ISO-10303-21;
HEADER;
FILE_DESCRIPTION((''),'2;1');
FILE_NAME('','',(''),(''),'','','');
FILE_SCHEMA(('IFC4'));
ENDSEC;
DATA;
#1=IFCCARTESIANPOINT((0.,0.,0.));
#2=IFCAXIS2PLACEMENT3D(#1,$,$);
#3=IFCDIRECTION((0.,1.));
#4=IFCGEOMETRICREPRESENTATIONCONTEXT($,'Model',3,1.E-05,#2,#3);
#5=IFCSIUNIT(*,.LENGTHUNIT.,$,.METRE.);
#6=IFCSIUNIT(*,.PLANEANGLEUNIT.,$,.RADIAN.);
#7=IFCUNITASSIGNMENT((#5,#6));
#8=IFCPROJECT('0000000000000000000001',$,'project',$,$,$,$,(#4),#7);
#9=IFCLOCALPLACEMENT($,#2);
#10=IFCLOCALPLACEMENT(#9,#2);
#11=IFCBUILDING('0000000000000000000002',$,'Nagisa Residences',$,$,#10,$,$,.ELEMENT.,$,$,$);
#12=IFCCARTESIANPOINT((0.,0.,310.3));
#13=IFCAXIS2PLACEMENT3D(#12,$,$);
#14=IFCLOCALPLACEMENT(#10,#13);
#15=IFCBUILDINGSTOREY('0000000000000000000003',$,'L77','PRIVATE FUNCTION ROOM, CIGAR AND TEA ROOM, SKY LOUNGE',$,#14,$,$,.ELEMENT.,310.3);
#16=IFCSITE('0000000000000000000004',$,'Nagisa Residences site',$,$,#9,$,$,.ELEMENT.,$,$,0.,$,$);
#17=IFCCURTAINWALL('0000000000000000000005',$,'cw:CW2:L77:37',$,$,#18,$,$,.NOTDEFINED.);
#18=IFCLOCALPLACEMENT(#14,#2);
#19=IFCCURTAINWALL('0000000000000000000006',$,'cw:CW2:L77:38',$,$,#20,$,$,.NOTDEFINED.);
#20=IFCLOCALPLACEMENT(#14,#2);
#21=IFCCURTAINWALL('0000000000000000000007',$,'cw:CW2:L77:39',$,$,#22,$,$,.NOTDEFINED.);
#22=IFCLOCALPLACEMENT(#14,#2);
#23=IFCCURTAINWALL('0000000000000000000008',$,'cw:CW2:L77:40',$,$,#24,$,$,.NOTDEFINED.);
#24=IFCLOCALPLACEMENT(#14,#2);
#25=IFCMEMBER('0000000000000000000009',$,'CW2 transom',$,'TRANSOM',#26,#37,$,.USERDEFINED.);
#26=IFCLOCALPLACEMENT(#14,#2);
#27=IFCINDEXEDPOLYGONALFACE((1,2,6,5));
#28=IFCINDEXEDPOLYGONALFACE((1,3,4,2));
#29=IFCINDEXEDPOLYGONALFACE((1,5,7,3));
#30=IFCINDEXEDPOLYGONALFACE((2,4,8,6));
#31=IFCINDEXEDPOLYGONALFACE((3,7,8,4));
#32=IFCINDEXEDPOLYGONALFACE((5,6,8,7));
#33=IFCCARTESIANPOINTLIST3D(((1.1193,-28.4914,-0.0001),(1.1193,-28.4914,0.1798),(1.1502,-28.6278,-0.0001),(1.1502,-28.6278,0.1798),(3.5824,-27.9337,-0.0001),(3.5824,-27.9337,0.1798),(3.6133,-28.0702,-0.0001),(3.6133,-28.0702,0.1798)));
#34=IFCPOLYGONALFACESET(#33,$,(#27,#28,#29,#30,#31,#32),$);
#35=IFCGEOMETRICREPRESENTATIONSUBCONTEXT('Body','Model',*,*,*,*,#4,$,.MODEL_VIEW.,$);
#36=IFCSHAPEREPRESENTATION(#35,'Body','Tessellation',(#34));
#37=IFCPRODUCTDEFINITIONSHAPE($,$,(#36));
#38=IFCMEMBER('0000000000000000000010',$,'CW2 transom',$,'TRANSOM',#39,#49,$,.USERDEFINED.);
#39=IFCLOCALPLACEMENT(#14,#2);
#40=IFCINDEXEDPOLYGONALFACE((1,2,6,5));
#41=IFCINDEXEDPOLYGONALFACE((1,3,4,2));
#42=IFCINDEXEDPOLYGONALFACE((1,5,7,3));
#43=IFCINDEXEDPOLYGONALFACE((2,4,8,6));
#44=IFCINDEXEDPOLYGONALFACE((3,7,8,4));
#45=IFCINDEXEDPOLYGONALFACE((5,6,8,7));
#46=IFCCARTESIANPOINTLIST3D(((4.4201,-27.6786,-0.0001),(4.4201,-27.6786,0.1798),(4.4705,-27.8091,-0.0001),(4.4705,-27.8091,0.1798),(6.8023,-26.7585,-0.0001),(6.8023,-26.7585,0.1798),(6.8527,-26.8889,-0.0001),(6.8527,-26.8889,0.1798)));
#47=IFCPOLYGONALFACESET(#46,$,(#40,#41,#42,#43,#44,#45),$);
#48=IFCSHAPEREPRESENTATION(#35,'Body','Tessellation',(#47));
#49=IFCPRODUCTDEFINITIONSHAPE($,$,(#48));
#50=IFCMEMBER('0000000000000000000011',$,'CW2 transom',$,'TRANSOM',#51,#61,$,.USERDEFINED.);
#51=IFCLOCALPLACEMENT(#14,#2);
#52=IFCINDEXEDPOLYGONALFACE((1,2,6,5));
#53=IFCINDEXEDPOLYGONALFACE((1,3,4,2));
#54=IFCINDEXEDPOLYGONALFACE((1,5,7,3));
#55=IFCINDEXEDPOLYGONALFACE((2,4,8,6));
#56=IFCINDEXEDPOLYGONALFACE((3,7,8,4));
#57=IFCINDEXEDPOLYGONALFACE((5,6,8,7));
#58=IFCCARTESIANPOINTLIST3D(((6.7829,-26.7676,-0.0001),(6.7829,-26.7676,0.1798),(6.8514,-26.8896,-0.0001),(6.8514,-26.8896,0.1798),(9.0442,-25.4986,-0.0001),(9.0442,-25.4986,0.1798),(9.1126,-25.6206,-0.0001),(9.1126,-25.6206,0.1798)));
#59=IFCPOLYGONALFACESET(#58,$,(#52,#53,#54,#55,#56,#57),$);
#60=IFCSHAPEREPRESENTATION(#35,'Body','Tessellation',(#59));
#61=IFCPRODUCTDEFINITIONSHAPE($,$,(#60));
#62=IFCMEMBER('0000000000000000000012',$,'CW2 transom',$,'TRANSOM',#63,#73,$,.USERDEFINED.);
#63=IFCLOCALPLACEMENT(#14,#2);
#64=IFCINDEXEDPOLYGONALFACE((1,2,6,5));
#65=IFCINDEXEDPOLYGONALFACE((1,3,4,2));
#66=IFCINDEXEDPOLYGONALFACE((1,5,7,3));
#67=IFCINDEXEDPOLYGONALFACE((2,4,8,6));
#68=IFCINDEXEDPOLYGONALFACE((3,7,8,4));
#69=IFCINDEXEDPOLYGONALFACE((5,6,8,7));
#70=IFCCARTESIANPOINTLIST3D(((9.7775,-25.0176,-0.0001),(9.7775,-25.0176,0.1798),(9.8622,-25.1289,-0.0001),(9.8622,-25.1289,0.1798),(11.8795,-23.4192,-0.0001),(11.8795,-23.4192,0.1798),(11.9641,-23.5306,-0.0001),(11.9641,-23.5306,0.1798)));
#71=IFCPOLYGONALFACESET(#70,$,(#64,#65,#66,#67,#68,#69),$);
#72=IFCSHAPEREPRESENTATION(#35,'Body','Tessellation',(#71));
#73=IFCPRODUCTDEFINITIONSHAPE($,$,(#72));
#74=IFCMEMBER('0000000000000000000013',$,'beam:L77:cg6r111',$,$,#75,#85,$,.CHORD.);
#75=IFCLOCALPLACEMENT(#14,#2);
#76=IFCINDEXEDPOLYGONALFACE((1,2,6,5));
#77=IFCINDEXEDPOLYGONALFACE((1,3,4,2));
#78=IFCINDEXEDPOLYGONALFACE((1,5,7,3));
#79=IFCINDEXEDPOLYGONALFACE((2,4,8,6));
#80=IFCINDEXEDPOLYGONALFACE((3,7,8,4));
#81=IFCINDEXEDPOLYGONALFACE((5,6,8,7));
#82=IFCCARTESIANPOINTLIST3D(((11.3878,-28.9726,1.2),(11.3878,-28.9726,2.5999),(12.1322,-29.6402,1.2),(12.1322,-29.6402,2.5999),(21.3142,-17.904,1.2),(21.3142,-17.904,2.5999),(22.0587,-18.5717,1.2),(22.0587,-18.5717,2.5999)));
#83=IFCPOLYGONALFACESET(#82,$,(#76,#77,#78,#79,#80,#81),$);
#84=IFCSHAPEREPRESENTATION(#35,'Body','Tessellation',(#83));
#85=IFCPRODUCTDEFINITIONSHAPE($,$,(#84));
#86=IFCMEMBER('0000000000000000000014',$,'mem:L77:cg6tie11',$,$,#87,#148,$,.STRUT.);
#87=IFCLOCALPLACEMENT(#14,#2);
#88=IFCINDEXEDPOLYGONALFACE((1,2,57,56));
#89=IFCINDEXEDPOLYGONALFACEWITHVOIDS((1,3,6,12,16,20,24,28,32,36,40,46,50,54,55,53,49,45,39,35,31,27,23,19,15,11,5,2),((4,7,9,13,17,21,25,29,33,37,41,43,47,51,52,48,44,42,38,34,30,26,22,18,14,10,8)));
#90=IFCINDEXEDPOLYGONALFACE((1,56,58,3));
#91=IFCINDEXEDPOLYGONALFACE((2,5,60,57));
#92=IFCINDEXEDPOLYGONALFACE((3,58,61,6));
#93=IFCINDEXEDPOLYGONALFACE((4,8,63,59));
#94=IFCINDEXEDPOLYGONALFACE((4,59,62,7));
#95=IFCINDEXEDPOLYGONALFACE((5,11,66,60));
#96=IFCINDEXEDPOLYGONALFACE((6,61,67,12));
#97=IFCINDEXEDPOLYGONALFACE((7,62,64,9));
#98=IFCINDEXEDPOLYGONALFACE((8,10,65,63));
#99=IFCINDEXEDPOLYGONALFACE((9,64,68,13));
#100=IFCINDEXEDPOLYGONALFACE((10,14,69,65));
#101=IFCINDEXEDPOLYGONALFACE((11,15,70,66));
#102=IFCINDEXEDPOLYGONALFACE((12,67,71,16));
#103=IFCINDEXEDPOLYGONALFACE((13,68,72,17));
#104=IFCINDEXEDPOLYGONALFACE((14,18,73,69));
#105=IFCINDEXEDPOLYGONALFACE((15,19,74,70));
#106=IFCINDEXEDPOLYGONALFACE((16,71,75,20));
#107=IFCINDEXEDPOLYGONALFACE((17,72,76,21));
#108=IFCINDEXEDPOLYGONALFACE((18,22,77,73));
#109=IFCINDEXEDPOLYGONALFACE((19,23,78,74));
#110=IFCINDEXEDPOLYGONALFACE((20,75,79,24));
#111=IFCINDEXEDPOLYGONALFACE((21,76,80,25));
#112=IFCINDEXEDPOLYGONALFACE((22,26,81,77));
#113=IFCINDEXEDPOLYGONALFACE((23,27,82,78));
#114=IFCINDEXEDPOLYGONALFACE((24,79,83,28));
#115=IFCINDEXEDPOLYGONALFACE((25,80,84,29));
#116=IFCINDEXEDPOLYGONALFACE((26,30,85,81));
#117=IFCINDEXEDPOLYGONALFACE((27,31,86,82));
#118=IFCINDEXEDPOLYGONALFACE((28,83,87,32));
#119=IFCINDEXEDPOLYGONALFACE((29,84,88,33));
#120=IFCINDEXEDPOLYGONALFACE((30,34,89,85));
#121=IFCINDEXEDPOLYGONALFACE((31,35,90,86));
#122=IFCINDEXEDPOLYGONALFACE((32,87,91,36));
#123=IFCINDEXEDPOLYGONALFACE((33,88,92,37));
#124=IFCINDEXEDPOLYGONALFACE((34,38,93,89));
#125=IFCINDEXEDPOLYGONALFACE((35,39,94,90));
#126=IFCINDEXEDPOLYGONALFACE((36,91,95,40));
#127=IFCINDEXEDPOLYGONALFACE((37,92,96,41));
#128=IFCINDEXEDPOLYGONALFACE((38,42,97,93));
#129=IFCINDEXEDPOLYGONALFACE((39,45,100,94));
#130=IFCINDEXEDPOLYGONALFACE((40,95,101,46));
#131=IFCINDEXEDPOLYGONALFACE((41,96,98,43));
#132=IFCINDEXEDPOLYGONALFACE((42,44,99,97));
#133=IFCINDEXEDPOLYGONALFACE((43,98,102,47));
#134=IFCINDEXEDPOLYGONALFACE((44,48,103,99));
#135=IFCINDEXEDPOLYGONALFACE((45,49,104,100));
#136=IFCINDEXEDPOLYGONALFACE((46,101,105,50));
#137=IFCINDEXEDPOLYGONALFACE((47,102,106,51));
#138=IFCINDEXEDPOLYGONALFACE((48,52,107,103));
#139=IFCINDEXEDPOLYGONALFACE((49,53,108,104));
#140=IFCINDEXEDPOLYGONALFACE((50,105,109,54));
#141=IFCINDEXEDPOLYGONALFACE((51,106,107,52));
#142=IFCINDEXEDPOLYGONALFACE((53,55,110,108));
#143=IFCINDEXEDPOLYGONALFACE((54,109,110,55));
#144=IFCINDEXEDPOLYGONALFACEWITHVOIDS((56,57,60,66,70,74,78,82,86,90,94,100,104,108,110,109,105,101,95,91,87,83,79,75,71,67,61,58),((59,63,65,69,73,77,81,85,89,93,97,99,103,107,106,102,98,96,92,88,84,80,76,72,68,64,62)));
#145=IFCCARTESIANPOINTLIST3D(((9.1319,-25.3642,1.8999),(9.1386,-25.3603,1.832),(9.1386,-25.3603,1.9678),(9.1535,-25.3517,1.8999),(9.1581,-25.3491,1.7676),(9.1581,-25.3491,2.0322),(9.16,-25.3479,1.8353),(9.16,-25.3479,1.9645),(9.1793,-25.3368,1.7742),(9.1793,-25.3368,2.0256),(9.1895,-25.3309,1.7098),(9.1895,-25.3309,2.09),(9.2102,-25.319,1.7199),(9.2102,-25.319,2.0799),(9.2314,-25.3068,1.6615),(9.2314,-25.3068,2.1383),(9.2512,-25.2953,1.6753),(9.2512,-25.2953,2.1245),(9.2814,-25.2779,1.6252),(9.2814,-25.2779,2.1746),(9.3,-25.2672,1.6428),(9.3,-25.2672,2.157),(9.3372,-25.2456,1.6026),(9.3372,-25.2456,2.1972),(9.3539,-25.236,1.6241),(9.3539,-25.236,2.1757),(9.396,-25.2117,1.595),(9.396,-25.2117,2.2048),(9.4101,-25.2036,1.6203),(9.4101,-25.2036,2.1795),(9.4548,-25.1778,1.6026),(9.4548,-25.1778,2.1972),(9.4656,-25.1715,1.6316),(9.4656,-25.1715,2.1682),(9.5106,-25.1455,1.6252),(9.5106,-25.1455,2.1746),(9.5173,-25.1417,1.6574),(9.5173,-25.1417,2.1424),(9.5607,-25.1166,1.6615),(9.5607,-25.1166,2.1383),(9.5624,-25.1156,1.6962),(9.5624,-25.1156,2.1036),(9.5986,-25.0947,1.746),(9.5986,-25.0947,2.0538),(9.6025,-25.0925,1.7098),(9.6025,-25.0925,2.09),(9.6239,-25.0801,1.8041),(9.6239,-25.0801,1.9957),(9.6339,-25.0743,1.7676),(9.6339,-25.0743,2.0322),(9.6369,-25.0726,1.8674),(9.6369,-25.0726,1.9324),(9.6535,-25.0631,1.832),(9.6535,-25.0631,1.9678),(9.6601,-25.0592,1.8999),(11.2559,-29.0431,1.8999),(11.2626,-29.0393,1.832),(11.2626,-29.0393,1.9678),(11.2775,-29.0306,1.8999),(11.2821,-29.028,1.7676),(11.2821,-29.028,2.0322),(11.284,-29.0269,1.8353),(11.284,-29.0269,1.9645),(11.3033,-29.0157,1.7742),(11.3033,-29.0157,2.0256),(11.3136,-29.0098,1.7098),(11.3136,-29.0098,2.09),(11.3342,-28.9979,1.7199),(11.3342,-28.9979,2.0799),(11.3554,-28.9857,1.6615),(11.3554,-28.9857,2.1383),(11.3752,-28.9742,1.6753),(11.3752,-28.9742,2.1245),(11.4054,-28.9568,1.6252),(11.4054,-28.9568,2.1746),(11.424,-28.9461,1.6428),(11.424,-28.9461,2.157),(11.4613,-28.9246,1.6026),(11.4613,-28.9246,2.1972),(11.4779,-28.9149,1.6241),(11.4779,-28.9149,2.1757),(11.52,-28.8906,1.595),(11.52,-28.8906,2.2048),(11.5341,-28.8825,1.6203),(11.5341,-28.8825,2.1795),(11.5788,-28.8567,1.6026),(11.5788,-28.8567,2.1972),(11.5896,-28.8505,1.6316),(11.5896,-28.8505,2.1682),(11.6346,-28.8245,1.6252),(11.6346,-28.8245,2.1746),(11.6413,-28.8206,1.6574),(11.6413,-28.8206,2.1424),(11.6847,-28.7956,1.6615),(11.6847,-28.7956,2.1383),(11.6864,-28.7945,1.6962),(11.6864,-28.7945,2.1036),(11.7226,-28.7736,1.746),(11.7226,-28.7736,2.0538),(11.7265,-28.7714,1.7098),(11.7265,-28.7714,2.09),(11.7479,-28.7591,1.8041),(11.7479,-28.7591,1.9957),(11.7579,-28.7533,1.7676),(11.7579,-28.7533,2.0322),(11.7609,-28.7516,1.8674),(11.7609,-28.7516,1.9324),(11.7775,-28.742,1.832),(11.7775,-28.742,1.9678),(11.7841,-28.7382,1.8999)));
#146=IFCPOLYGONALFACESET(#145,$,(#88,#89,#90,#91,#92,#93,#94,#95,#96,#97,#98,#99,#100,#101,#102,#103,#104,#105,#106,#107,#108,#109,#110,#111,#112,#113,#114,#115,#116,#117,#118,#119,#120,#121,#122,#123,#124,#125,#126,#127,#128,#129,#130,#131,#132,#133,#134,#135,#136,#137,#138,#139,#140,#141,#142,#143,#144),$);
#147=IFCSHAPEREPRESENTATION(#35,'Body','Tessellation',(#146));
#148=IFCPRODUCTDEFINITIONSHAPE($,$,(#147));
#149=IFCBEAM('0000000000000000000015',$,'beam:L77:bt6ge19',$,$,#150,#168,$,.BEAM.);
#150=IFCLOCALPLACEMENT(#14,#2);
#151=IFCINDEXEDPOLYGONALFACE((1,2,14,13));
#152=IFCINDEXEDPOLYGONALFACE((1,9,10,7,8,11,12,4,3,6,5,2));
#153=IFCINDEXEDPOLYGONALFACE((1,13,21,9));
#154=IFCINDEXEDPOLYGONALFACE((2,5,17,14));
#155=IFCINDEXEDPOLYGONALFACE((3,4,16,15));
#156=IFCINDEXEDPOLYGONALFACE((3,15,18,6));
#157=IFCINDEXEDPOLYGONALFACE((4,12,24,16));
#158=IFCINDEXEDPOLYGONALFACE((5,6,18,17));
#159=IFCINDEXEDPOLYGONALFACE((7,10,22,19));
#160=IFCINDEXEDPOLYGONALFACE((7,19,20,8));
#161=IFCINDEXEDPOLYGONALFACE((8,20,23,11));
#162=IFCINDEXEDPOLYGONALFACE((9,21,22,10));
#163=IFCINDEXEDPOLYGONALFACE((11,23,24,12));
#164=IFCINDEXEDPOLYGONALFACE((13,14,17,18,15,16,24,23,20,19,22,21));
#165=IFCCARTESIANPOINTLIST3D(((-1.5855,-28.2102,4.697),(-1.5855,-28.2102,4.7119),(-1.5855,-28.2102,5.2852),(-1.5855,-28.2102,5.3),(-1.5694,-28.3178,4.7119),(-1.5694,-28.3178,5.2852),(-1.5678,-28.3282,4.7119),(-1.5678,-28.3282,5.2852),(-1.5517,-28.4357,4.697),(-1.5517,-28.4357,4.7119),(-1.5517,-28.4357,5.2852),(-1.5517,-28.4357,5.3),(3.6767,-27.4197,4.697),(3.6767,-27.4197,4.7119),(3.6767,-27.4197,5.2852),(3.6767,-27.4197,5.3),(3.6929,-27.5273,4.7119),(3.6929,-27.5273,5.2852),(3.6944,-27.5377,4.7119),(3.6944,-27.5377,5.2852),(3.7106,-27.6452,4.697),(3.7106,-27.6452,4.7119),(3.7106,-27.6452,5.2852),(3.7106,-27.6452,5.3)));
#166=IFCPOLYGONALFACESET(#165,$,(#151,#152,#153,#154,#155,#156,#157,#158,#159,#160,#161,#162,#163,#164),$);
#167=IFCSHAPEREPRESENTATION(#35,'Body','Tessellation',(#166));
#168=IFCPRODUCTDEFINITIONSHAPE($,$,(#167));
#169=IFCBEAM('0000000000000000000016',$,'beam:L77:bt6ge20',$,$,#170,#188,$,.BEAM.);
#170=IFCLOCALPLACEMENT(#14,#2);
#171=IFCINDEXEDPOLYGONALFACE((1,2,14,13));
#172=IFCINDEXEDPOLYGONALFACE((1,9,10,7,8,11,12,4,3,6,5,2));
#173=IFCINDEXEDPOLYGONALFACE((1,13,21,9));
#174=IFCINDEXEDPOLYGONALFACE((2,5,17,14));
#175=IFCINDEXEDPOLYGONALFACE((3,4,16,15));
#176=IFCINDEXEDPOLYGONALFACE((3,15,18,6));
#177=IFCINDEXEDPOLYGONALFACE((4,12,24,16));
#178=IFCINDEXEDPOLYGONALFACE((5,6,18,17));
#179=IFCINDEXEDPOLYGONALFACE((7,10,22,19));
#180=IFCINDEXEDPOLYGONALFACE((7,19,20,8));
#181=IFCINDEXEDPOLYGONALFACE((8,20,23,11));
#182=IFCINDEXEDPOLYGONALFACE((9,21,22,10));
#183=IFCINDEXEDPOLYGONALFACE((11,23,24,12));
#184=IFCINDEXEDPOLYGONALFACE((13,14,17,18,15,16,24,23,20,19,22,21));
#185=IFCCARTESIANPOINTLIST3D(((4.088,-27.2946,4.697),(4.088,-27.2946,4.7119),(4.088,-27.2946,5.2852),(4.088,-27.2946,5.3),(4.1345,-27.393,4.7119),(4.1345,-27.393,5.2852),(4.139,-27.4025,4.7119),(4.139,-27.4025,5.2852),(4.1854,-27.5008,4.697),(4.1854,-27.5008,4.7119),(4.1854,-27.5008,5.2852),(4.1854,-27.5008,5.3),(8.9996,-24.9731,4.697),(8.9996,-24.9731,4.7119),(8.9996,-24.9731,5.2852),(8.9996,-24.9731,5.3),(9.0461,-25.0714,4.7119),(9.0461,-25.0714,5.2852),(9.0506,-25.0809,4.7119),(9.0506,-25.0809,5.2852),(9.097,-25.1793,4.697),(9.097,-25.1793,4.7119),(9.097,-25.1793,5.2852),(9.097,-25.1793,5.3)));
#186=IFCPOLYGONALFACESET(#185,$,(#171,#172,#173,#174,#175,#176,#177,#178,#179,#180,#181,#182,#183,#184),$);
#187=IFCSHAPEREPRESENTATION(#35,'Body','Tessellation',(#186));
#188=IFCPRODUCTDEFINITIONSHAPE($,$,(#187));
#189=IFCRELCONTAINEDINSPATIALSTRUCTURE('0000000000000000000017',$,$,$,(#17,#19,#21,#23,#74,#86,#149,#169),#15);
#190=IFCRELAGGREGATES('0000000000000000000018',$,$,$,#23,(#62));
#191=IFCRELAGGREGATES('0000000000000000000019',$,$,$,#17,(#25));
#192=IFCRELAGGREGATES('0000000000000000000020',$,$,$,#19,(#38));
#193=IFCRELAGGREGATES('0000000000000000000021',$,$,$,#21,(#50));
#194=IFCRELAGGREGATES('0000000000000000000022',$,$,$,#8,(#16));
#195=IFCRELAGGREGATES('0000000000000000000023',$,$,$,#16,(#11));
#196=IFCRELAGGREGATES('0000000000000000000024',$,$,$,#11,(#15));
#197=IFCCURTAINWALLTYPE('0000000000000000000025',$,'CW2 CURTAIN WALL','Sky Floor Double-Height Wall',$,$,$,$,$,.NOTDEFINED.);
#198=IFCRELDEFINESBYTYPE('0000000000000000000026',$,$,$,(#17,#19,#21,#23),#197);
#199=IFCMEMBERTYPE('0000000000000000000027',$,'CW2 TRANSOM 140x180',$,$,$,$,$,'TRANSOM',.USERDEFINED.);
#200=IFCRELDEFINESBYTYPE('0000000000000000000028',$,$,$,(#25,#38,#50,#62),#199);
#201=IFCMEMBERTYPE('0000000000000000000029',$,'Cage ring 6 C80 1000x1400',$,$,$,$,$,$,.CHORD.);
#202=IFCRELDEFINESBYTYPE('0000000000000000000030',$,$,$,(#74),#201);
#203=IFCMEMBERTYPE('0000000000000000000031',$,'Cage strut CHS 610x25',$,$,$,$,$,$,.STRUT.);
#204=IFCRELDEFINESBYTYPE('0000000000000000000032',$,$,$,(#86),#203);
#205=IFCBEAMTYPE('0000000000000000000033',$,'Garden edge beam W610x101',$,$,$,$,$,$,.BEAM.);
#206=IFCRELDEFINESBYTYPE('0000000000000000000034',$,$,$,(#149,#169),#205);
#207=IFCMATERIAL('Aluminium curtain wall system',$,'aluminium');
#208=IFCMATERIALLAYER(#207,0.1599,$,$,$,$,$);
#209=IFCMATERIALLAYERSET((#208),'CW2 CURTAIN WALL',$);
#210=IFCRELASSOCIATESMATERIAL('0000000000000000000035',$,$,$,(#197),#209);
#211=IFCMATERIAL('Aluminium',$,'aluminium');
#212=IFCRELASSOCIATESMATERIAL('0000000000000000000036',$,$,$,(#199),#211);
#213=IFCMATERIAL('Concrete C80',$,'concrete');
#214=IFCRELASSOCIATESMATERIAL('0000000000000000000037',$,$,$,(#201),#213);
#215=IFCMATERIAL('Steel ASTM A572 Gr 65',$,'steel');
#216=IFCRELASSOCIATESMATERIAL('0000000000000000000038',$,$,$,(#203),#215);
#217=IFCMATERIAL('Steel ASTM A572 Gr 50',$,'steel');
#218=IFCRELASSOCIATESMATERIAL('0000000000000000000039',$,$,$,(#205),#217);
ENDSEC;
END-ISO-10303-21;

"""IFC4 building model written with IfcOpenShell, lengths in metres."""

from ifc_helpers import new_model, si_unit, direction, frame, origin, origin_2d, place, context, subcontext, project, spatial, rectangle, hollow_circle, i_section, extrude, material, layer, layer_set, material_profile, profile_set, type_object, element, aggregate, save


model = new_model("IFC4")

# Units and contexts
model_context = context("Model", 3, precision=1e-05, world=origin(), true_north=direction((0.0, 1.0)))
body_context = subcontext(model_context, "Body", "Model", "MODEL_VIEW")
ifc_project = project(units=[si_unit("LENGTHUNIT", "METRE"), si_unit("PLANEANGLEUNIT", "RADIAN")], contexts=[model_context])

# Site, building, storey
site_placement = place(None, origin())
site = spatial("IfcSite", under=ifc_project, at=site_placement, Name="Nagisa Residences site", CompositionType="ELEMENT", RefElevation=0.0)
building_placement = place(site_placement, origin())
building = spatial("IfcBuilding", under=site, at=building_placement, Name="Nagisa Residences", CompositionType="ELEMENT")
storey_placement = place(building_placement, frame((0.0, 0.0, 310.3)))
storey = spatial("IfcBuildingStorey", under=building, at=storey_placement, Name="L77", Description="PRIVATE FUNCTION ROOM, CIGAR AND TEA ROOM, SKY LOUNGE", CompositionType="ELEMENT", Elevation=310.3)

# Curtain walls
ifc_material_1 = material(Name="Aluminium curtain wall system", Category="aluminium")
ifc_layer_1 = layer(ifc_material_1, 0.1599)
ifc_layer_set_1 = layer_set([ifc_layer_1], Name="CW2 CURTAIN WALL")
curtain_wall_type = type_object("IfcCurtainWallType", Name="CW2 CURTAIN WALL", Description="Sky Floor Double-Height Wall", PredefinedType="NOTDEFINED", material=ifc_layer_set_1)
curtain_wall_1_placement = place(storey_placement, origin())
curtain_wall_1 = element("IfcCurtainWall", 1, at=curtain_wall_1_placement, inside=storey, type_object=curtain_wall_type, Name="cw:CW2:L77:37", PredefinedType="NOTDEFINED")
curtain_wall_2_placement = place(storey_placement, origin())
curtain_wall_2 = element("IfcCurtainWall", 2, at=curtain_wall_2_placement, inside=storey, type_object=curtain_wall_type, Name="cw:CW2:L77:38", PredefinedType="NOTDEFINED")
curtain_wall_3_placement = place(storey_placement, origin())
curtain_wall_3 = element("IfcCurtainWall", 3, at=curtain_wall_3_placement, inside=storey, type_object=curtain_wall_type, Name="cw:CW2:L77:39", PredefinedType="NOTDEFINED")
curtain_wall_4_placement = place(storey_placement, origin())
curtain_wall_4 = element("IfcCurtainWall", 4, at=curtain_wall_4_placement, inside=storey, type_object=curtain_wall_type, Name="cw:CW2:L77:40", PredefinedType="NOTDEFINED")

# Members
ifc_material_2 = material(Name="Aluminium", Category="aluminium")
ifc_material_profile_1 = material_profile(ifc_material_2, rectangle(XDim=0.1399, YDim=0.1799, at=origin_2d()), Name="CW2 TRANSOM 140x180")
ifc_profile_set_1 = profile_set([ifc_material_profile_1], Name="Aluminium")
member_type_1 = type_object("IfcMemberType", Name="CW2 TRANSOM 140x180", ElementType="TRANSOM", PredefinedType="USERDEFINED", material=ifc_profile_set_1)
member_1_placement = place(storey_placement, frame((1.1348, -28.5596, 0.0898), z_axis=(0.97532, 0.220798, 0.0), x_axis=(-0.220798, 0.97532, 0.0)))
member_1 = element("IfcMember", 5, at=member_1_placement, type_object=member_type_1, Name="CW2 transom", ObjectType="TRANSOM", PredefinedType="USERDEFINED", context=body_context, shape_type="SweptSolid", body=[
    extrude(rectangle(XDim=0.1399, YDim=0.1799, at=origin_2d()), origin(), (0.0, 0.0, 1.0), 2.5254),
])
member_2_placement = place(storey_placement, frame((4.4453, -27.7439, 0.0898), z_axis=(0.932822, 0.360337, 0.0), x_axis=(-0.360337, 0.932822, 0.0)))
member_2 = element("IfcMember", 6, at=member_2_placement, type_object=member_type_1, Name="CW2 transom", ObjectType="TRANSOM", PredefinedType="USERDEFINED", context=body_context, shape_type="SweptSolid", body=[
    extrude(rectangle(XDim=0.1399, YDim=0.1799, at=origin_2d()), origin(), (0.0, 0.0, 1.0), 2.5537),
])
member_3_placement = place(storey_placement, frame((6.8171, -26.8286, 0.0898), z_axis=(0.872053, 0.489412, 0.0), x_axis=(-0.489412, 0.872053, 0.0)))
member_3 = element("IfcMember", 7, at=member_3_placement, type_object=member_type_1, Name="CW2 transom", ObjectType="TRANSOM", PredefinedType="USERDEFINED", context=body_context, shape_type="SweptSolid", body=[
    extrude(rectangle(XDim=0.1399, YDim=0.1799, at=origin_2d()), origin(), (0.0, 0.0, 1.0), 2.593),
])
member_4_placement = place(storey_placement, frame((9.8198, -25.0732, 0.0898), z_axis=(0.796011, 0.605282, 0.0), x_axis=(-0.605282, 0.796011, 0.0)))
member_4 = element("IfcMember", 8, at=member_4_placement, type_object=member_type_1, Name="CW2 transom", ObjectType="TRANSOM", PredefinedType="USERDEFINED", context=body_context, shape_type="SweptSolid", body=[
    extrude(rectangle(XDim=0.1399, YDim=0.1799, at=origin_2d()), origin(), (0.0, 0.0, 1.0), 2.6406),
])
aggregate(curtain_wall_4, [member_4])

# Members
ifc_material_3 = material(Name="Concrete C80", Category="concrete")
ifc_material_profile_2 = material_profile(ifc_material_3, rectangle(XDim=1.0, YDim=1.3999, at=origin_2d()), Name="C80 1000x1400")
ifc_profile_set_2 = profile_set([ifc_material_profile_2], Name="Concrete C80")
member_type_2 = type_object("IfcMemberType", Name="Cage ring 6 C80 1000x1400", PredefinedType="CHORD", material=ifc_profile_set_2)
member_5_placement = place(storey_placement, frame((11.76, -29.3064, 1.8999), z_axis=(0.667655, 0.744471, 0.0), x_axis=(-0.744471, 0.667655, 0.0)))
element("IfcMember", 9, at=member_5_placement, inside=storey, type_object=member_type_2, Name="beam:L77:cg6r111", PredefinedType="CHORD", context=body_context, shape_type="SweptSolid", body=[
    extrude(rectangle(XDim=1.0, YDim=1.3999, at=origin_2d()), origin(), (0.0, 0.0, 1.0), 14.8677),
])
ifc_material_4 = material(Name="Steel ASTM A572 Gr 65", Category="steel")
ifc_material_profile_3 = material_profile(ifc_material_4, hollow_circle(Radius=0.3049, WallThickness=0.0249, at=origin_2d()), Name="CHS 610x25")
ifc_profile_set_3 = profile_set([ifc_material_profile_3], Name="Steel ASTM A572 Gr 65")
member_type_3 = type_object("IfcMemberType", Name="Cage strut CHS 610x25", PredefinedType="STRUT", material=ifc_profile_set_3)
member_6_placement = place(storey_placement, frame((11.52, -28.8906, 1.8999), z_axis=(-0.499996, 0.866028, 0.0), x_axis=(-0.866028, -0.499996, 0.0)))
element("IfcMember", 10, at=member_6_placement, inside=storey, type_object=member_type_3, Name="mem:L77:cg6tie11", PredefinedType="STRUT", context=body_context, shape_type="SweptSolid", body=[
    extrude(hollow_circle(Radius=0.3049, WallThickness=0.0249, at=origin_2d()), origin(), (0.0, 0.0, 1.0), 4.248),
])

# Beams
ifc_material_5 = material(Name="Steel ASTM A572 Gr 50", Category="steel")
ifc_material_profile_4 = material_profile(ifc_material_5, i_section(OverallWidth=0.228, OverallDepth=0.603, WebThickness=0.0105, FlangeThickness=0.0149, at=origin_2d()), Name="W610x101")
ifc_profile_set_4 = profile_set([ifc_material_profile_4], Name="Steel ASTM A572 Gr 50")
beam_type_1 = type_object("IfcBeamType", Name="Garden edge beam W610x101", PredefinedType="BEAM", material=ifc_profile_set_4)
beam_1_placement = place(storey_placement, frame((-1.5686, -28.323, 4.9985), z_axis=(0.988903, 0.14856, 0.0), x_axis=(-0.14856, 0.988903, 0.0)))
element("IfcBeam", 11, at=beam_1_placement, inside=storey, type_object=beam_type_1, Name="beam:L77:bt6ge19", PredefinedType="BEAM", context=body_context, shape_type="SweptSolid", body=[
    extrude(i_section(OverallWidth=0.228, OverallDepth=0.603, WebThickness=0.0105, FlangeThickness=0.0149, at=origin_2d()), origin(), (0.0, 0.0, 1.0), 5.3213),
])
beam_2_placement = place(storey_placement, frame((4.1367, -27.3977, 4.9985), z_axis=(0.904095, 0.427331, 0.0), x_axis=(-0.427331, 0.904095, 0.0)))
element("IfcBeam", 12, at=beam_2_placement, inside=storey, type_object=beam_type_1, Name="beam:L77:bt6ge20", PredefinedType="BEAM", context=body_context, shape_type="SweptSolid", body=[
    extrude(i_section(OverallWidth=0.228, OverallDepth=0.603, WebThickness=0.0105, FlangeThickness=0.0149, at=origin_2d()), origin(), (0.0, 0.0, 1.0), 5.4326),
])

aggregate(curtain_wall_1, [member_1])
aggregate(curtain_wall_2, [member_2])
aggregate(curtain_wall_3, [member_3])

save(model, "model.ifc")
